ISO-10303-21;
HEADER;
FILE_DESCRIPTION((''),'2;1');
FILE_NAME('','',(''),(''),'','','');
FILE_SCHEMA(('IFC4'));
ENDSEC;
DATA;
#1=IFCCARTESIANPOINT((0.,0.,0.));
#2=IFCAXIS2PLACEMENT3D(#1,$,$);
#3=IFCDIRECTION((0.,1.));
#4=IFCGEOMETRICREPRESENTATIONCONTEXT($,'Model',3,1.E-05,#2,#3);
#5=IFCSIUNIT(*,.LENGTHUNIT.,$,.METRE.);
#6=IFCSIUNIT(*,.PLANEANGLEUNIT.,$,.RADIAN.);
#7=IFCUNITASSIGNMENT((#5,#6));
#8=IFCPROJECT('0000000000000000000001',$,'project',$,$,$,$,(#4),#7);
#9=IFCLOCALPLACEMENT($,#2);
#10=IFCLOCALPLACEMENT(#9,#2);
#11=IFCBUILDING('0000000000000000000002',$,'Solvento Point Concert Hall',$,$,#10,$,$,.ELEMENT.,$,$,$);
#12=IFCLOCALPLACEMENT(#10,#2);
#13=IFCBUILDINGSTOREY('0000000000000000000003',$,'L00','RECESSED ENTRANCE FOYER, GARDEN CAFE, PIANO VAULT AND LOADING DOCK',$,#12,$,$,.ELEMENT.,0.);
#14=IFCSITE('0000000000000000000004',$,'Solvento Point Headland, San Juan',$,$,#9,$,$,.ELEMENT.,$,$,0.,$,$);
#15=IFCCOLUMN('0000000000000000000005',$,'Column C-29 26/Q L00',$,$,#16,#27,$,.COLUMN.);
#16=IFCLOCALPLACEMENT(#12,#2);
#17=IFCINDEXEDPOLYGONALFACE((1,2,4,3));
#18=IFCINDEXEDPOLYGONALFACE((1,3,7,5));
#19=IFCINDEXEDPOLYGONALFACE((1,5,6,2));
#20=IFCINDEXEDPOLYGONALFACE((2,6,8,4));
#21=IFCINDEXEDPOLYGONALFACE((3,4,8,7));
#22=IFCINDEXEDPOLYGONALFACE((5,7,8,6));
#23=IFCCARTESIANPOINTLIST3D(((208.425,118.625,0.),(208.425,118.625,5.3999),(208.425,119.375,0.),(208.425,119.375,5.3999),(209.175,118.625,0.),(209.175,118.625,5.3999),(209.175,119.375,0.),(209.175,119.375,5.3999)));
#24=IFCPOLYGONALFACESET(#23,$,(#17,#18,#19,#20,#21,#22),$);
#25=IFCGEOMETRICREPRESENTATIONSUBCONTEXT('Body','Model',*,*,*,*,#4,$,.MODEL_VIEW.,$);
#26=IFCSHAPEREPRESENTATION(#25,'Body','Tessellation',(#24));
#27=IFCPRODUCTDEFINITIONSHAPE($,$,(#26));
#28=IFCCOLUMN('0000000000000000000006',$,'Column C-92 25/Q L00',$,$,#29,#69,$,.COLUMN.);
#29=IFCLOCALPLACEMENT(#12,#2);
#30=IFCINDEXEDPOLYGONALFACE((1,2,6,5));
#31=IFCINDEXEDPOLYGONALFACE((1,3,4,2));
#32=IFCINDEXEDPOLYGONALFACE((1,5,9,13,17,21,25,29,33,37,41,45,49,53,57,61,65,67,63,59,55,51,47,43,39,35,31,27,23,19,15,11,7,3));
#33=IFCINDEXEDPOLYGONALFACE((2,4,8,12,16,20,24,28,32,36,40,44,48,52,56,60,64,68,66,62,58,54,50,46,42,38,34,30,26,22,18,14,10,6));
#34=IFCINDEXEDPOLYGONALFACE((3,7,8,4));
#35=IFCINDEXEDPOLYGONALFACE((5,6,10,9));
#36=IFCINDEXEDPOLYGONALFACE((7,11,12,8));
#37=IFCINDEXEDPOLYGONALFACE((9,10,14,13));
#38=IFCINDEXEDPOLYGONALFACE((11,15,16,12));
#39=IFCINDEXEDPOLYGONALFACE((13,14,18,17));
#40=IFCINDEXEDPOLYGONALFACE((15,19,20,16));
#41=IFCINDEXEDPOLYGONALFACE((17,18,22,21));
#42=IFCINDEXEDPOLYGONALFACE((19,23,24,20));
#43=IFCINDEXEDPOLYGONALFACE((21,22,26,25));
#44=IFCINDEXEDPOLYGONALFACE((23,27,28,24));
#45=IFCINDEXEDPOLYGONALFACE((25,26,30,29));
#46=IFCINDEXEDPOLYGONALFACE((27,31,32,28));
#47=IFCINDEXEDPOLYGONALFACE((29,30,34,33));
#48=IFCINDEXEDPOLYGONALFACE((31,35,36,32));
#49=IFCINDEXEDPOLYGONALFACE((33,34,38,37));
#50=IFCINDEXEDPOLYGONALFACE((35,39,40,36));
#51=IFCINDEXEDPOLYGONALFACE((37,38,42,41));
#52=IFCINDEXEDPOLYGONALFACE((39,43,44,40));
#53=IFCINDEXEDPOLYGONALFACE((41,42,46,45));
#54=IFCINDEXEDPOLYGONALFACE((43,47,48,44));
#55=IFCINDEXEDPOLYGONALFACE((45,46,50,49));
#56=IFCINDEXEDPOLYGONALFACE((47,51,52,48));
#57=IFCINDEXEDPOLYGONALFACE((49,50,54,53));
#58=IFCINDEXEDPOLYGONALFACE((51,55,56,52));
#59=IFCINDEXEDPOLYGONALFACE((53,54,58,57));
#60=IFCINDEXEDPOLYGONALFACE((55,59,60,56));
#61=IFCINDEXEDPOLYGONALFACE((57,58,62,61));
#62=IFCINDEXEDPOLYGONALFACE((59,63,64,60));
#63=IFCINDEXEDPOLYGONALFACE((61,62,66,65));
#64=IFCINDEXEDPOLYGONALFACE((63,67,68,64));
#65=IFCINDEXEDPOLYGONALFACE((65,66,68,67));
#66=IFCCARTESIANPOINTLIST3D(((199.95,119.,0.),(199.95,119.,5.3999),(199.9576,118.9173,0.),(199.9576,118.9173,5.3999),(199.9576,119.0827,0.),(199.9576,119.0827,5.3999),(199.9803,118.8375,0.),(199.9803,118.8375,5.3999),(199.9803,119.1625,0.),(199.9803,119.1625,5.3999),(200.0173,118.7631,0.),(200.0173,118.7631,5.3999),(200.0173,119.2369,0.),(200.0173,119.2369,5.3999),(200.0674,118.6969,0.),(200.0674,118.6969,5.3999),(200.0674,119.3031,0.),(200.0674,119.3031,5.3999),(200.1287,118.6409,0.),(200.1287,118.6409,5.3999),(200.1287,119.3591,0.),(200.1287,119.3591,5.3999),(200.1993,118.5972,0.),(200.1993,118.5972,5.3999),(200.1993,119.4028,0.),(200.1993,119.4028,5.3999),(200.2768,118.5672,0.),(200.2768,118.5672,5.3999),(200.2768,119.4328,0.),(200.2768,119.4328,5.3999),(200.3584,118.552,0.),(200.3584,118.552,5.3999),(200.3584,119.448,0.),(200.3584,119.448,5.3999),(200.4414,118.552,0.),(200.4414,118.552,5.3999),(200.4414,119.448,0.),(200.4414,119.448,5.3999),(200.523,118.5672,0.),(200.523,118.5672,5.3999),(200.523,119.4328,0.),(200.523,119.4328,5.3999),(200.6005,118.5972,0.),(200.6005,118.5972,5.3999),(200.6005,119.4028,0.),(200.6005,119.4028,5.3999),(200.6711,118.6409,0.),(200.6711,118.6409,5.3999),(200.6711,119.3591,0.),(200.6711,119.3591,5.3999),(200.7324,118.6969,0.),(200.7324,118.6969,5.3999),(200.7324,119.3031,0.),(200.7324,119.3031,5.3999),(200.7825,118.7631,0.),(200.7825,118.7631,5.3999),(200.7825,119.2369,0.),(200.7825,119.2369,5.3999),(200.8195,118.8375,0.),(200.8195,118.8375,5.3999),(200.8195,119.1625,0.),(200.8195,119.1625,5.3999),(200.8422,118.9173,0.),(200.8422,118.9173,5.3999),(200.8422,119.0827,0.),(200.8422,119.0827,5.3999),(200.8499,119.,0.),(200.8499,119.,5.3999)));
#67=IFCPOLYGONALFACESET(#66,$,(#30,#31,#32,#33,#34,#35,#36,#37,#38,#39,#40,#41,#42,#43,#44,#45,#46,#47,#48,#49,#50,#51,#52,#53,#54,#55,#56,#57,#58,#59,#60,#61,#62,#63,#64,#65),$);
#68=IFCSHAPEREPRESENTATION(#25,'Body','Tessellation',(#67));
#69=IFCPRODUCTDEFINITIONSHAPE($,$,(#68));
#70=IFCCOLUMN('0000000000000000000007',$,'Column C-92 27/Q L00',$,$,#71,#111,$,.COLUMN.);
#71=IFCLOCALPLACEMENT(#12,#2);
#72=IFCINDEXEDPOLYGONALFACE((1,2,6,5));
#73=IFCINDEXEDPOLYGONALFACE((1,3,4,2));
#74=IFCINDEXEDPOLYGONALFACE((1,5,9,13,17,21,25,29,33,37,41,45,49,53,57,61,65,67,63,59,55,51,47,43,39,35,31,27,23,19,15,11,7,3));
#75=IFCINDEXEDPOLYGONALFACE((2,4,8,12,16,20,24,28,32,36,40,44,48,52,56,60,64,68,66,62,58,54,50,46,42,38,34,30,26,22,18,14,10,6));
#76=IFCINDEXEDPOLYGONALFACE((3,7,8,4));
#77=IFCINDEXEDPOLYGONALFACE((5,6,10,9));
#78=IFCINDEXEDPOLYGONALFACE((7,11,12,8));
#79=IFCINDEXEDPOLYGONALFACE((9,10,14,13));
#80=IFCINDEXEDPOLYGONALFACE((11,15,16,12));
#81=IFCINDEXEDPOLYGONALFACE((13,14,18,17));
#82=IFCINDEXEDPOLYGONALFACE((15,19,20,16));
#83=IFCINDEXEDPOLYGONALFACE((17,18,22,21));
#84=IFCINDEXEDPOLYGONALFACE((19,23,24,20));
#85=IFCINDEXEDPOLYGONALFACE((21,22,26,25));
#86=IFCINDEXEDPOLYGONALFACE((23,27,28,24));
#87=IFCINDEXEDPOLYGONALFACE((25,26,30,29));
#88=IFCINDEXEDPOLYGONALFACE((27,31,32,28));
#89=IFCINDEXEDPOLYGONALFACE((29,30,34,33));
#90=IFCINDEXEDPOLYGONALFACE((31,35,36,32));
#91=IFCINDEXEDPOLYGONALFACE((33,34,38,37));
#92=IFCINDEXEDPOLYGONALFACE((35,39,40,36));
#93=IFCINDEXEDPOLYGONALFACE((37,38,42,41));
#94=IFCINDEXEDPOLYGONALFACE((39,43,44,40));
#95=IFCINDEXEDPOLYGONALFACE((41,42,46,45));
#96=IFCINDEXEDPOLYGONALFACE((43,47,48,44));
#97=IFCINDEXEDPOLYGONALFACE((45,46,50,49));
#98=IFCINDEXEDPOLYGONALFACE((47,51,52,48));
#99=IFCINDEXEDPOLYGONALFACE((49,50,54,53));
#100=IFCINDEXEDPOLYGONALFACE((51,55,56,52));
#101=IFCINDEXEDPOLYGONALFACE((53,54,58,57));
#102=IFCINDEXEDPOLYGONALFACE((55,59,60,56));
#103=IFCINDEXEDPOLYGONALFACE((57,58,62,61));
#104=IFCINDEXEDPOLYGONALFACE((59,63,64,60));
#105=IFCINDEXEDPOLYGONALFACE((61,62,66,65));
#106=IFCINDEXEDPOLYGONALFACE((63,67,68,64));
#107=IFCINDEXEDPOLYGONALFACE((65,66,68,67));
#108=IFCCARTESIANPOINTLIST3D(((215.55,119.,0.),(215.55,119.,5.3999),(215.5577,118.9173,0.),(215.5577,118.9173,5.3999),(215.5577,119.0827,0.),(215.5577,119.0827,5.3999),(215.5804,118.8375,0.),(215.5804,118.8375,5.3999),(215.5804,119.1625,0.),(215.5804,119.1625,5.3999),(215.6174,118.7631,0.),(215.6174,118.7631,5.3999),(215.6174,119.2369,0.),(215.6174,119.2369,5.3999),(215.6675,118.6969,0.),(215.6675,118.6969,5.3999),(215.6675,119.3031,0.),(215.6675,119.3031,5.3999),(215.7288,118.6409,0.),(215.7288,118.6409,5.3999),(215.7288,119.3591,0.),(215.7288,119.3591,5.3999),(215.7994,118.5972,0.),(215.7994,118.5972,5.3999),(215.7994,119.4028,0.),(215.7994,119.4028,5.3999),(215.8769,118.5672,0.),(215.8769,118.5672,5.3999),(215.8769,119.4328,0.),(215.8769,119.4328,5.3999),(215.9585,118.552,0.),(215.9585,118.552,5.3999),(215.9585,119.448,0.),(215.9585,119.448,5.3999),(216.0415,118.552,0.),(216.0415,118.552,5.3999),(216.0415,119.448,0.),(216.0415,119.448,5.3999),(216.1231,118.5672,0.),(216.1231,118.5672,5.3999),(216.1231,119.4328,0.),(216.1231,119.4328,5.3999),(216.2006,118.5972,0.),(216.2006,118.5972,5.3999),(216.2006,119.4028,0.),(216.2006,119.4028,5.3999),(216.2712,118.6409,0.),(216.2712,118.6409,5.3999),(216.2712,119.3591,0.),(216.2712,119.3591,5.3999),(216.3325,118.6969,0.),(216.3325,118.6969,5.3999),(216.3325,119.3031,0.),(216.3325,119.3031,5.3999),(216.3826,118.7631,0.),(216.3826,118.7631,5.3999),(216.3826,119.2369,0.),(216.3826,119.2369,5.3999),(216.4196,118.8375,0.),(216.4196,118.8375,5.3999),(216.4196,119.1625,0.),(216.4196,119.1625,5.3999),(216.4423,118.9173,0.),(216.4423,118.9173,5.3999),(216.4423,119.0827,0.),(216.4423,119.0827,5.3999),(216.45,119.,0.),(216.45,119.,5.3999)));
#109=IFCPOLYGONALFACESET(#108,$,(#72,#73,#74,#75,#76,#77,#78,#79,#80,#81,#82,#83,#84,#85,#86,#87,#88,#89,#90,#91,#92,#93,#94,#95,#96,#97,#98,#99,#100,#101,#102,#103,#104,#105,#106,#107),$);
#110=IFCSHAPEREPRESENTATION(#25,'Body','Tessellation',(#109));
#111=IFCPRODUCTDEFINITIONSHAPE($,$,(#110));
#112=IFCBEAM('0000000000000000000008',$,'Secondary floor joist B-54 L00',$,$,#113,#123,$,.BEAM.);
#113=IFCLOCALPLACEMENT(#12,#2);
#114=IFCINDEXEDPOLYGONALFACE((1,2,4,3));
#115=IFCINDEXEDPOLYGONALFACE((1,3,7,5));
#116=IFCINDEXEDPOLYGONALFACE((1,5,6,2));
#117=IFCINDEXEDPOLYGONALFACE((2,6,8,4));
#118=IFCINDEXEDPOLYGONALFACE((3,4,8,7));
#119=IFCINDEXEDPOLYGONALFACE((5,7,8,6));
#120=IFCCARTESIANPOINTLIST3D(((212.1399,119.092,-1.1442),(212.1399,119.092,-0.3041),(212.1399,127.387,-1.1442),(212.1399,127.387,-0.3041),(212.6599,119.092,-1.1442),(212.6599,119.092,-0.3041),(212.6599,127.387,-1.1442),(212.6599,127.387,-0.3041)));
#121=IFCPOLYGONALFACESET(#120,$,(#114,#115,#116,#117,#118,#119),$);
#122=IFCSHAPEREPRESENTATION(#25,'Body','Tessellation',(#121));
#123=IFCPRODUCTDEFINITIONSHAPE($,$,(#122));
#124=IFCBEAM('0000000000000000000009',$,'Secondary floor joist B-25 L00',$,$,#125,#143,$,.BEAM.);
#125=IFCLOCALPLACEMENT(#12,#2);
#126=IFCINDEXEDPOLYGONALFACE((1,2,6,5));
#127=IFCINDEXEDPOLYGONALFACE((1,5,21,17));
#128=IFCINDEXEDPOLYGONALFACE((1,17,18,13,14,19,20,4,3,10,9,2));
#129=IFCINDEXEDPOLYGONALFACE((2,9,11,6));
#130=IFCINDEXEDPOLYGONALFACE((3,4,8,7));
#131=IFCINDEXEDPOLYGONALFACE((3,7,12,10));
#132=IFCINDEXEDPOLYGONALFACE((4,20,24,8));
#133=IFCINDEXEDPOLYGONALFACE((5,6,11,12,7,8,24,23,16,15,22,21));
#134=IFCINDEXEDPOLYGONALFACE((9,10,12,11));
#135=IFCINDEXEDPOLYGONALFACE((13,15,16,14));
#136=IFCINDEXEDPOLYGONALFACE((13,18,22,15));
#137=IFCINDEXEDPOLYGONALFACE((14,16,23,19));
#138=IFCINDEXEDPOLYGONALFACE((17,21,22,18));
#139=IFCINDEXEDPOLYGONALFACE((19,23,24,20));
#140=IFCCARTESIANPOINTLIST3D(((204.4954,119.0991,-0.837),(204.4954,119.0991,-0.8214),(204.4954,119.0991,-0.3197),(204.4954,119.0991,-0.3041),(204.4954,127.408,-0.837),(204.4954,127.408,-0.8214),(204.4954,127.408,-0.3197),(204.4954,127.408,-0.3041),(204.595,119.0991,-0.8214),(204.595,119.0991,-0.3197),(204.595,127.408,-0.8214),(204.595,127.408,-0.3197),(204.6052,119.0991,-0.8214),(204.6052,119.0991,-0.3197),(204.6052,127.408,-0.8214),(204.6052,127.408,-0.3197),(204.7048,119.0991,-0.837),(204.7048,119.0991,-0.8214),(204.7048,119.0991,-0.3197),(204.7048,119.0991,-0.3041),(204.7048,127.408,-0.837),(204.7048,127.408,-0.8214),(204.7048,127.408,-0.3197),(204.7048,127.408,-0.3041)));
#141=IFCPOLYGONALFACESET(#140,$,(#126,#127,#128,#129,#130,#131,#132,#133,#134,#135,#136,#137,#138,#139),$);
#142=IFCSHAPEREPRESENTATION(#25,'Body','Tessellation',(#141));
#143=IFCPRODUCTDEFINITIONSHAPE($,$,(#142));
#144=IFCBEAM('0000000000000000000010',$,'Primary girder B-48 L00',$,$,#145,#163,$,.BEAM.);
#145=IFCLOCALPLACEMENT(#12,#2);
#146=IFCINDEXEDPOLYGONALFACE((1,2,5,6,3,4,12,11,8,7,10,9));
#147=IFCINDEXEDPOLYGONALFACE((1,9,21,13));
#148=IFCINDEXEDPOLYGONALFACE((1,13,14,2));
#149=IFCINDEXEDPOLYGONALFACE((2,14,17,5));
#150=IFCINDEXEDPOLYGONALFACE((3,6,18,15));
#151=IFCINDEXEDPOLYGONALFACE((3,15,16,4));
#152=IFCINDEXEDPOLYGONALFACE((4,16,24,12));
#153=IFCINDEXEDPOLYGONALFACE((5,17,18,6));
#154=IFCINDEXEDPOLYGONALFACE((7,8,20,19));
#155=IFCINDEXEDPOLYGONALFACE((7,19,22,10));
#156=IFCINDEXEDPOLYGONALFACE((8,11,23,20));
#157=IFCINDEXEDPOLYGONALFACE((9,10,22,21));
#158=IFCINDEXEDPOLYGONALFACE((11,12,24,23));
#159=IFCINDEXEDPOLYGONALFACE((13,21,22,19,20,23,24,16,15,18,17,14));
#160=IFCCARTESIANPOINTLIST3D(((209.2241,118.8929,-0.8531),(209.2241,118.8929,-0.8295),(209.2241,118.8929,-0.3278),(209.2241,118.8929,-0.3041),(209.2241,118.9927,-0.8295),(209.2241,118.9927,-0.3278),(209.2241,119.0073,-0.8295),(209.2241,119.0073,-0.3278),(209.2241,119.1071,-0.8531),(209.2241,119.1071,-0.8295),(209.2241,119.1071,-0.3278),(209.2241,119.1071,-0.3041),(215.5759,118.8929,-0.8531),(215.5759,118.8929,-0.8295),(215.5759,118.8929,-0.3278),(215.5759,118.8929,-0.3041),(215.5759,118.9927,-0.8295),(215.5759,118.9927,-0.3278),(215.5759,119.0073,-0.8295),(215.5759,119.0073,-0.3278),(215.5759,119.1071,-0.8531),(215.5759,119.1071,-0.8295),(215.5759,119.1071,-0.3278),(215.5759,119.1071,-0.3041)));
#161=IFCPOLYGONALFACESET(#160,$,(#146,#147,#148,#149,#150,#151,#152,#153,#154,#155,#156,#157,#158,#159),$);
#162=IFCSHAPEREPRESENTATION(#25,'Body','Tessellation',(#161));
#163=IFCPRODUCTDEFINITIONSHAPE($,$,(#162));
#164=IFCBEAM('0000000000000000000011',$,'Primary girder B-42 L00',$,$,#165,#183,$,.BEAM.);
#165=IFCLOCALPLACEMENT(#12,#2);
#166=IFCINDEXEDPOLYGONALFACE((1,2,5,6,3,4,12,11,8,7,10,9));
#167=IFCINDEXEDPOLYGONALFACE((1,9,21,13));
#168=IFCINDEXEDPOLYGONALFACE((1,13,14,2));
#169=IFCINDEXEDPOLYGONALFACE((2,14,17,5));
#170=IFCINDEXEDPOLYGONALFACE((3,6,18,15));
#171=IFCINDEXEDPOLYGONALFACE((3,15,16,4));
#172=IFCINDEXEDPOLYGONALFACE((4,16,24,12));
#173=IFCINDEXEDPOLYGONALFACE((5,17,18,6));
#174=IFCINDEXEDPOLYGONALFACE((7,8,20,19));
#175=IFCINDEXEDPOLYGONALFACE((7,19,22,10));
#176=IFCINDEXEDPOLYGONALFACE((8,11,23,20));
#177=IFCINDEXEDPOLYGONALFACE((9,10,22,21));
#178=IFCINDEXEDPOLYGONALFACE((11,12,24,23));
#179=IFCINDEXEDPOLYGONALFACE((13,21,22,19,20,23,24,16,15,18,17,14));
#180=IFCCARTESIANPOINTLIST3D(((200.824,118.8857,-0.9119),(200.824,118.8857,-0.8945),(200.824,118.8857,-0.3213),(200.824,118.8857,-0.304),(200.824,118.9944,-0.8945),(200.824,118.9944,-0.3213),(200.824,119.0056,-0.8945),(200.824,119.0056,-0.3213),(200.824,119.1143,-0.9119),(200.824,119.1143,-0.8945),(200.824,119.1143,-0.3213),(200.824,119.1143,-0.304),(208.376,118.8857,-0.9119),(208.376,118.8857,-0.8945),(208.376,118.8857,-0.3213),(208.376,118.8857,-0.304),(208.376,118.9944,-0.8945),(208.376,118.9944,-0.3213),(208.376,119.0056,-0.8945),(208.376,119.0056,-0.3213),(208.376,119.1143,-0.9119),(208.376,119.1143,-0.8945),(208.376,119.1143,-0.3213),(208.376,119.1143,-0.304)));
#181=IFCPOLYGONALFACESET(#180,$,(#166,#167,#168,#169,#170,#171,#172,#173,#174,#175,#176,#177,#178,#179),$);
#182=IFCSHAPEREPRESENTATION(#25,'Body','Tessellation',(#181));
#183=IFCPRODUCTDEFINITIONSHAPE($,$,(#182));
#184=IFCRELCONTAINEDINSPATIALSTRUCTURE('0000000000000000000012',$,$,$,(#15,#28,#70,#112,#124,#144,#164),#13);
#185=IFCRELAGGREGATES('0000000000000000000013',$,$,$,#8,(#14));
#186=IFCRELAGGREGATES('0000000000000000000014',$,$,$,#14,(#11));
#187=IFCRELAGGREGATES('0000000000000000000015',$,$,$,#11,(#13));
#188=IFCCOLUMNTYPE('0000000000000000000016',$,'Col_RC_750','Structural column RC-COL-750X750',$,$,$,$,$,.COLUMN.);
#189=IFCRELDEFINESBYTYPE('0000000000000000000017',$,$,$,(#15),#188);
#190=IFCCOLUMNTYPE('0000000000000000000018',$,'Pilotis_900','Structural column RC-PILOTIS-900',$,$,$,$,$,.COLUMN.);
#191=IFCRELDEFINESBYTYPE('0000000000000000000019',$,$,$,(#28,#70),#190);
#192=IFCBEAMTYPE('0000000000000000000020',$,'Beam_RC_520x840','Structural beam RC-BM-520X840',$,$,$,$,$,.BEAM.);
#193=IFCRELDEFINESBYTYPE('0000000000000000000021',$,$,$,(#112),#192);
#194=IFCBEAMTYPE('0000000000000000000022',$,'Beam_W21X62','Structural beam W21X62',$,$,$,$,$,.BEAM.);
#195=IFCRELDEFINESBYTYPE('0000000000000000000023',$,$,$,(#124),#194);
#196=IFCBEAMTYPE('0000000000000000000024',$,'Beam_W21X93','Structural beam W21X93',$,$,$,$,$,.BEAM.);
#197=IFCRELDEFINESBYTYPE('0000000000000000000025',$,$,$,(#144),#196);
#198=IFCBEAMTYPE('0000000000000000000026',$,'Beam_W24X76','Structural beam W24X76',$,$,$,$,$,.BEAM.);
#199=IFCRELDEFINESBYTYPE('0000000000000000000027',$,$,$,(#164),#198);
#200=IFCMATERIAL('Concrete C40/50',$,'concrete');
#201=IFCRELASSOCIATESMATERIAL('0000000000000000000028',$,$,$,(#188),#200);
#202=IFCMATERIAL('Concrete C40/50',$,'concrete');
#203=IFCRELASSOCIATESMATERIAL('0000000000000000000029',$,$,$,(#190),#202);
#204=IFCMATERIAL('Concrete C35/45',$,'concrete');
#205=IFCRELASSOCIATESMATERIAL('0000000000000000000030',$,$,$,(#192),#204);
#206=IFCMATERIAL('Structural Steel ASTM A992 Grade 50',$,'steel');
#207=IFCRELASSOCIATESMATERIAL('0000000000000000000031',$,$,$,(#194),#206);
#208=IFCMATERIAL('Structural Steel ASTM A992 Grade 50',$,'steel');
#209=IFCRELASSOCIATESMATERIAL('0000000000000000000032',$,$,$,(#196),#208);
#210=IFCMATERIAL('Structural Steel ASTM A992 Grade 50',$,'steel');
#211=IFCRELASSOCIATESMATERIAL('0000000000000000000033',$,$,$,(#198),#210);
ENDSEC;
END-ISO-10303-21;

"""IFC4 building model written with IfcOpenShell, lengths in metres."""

from ifc_helpers import new_model, si_unit, direction, frame, origin, origin_2d, place, context, subcontext, project, spatial, rectangle, circle, i_section, extrude, material, material_profile, profile_set, type_object, element, save


model = new_model("IFC4")

# Units and contexts
model_context = context("Model", 3, precision=1e-05, world=origin(), true_north=direction((0.0, 1.0)))
body_context = subcontext(model_context, "Body", "Model", "MODEL_VIEW")
ifc_project = project(units=[si_unit("LENGTHUNIT", "METRE"), si_unit("PLANEANGLEUNIT", "RADIAN")], contexts=[model_context])

# Site, building, storey
site_placement = place(None, origin())
site = spatial("IfcSite", under=ifc_project, at=site_placement, Name="Solvento Point Headland, San Juan", CompositionType="ELEMENT", RefElevation=0.0)
building_placement = place(site_placement, origin())
building = spatial("IfcBuilding", under=site, at=building_placement, Name="Solvento Point Concert Hall", CompositionType="ELEMENT")
storey_placement = place(building_placement, origin())
storey = spatial("IfcBuildingStorey", under=building, at=storey_placement, Name="L00", Description="RECESSED ENTRANCE FOYER, GARDEN CAFE, PIANO VAULT AND LOADING DOCK", CompositionType="ELEMENT", Elevation=0.0)

# Columns
ifc_material_1 = material(Name="Concrete C40/50", Category="concrete")
ifc_material_profile_1 = material_profile(ifc_material_1, rectangle(XDim=0.75, YDim=0.75, at=origin_2d()), Name="RC-COL-750X750")
ifc_profile_set_1 = profile_set([ifc_material_profile_1], Name="Concrete C40/50")
column_type_1 = type_object("IfcColumnType", Name="Col_RC_750", Description="Structural column RC-COL-750X750", PredefinedType="COLUMN", material=ifc_profile_set_1)
column_placement = place(storey_placement, frame((208.8, 119.0, 0.0), z_axis=(0.0, 0.0, 1.0), x_axis=(1.0, 0.0, 0.0)))
element("IfcColumn", 1, at=column_placement, inside=storey, type_object=column_type_1, Name="Column C-29 26/Q L00", PredefinedType="COLUMN", context=body_context, shape_type="SweptSolid", body=[
    extrude(rectangle(XDim=0.75, YDim=0.75, at=origin_2d()), origin(), (0.0, 0.0, 1.0), 5.3999),
])
ifc_material_2 = material(Name="Concrete C40/50", Category="concrete")
ifc_material_profile_2 = material_profile(ifc_material_2, circle(Radius=0.45, at=origin_2d()), Name="RC-PILOTIS-900")
ifc_profile_set_2 = profile_set([ifc_material_profile_2], Name="Concrete C40/50")
column_type_2 = type_object("IfcColumnType", Name="Pilotis_900", Description="Structural column RC-PILOTIS-900", PredefinedType="COLUMN", material=ifc_profile_set_2)
for number, where, z_axis, x_axis, name in (
    (2, (200.3999, 119.0, 0.0), (0.0, 0.0, 1.0), (1.0, 0.0, 0.0), "Column C-92 25/Q L00"),
    (3, (216.0, 119.0, 0.0), (0.0, 0.0, 1.0), (1.0, 0.0, 0.0), "Column C-92 27/Q L00"),
):
    element("IfcColumn", number, at=place(storey_placement, frame(where, z_axis=z_axis, x_axis=x_axis)), inside=storey, type_object=column_type_2, Name=name, PredefinedType="COLUMN", context=body_context, shape_type="SweptSolid", body=[
        extrude(circle(Radius=0.45, at=origin_2d()), origin(), (0.0, 0.0, 1.0), 5.3999),
    ])

# Beams
ifc_material_3 = material(Name="Concrete C35/45", Category="concrete")
ifc_material_profile_3 = material_profile(ifc_material_3, rectangle(XDim=0.52, YDim=0.8401, at=origin_2d()), Name="RC-BM-520X840")
ifc_profile_set_3 = profile_set([ifc_material_profile_3], Name="Concrete C35/45")
beam_type_1 = type_object("IfcBeamType", Name="Beam_RC_520x840", Description="Structural beam RC-BM-520X840", PredefinedType="BEAM", material=ifc_profile_set_3)
beam_1_placement = place(storey_placement, frame((212.3999, 119.092, -0.7241), z_axis=(0.0, 1.0, 0.0), x_axis=(-1.0, 0.0, 0.0)))
element("IfcBeam", 4, at=beam_1_placement, inside=storey, type_object=beam_type_1, Name="Secondary floor joist B-54 L00", PredefinedType="BEAM", context=body_context, shape_type="SweptSolid", body=[
    extrude(rectangle(XDim=0.52, YDim=0.8401, at=origin_2d()), origin(), (0.0, 0.0, 1.0), 8.2949),
])
ifc_material_4 = material(Name="Structural Steel ASTM A992 Grade 50", Category="steel")
ifc_material_profile_4 = material_profile(ifc_material_4, i_section(OverallWidth=0.2095, OverallDepth=0.533, WebThickness=0.0103, FlangeThickness=0.0156, at=origin_2d()), Name="W21X62")
ifc_profile_set_4 = profile_set([ifc_material_profile_4], Name="Structural Steel ASTM A992 Grade 50")
beam_type_2 = type_object("IfcBeamType", Name="Beam_W21X62", Description="Structural beam W21X62", PredefinedType="BEAM", material=ifc_profile_set_4)
beam_2_placement = place(storey_placement, frame((204.6001, 119.0991, -0.5706), z_axis=(0.0, 1.0, 0.0), x_axis=(-1.0, 0.0, 0.0)))
element("IfcBeam", 5, at=beam_2_placement, inside=storey, type_object=beam_type_2, Name="Secondary floor joist B-25 L00", PredefinedType="BEAM", context=body_context, shape_type="SweptSolid", body=[
    extrude(i_section(OverallWidth=0.2095, OverallDepth=0.533, WebThickness=0.0103, FlangeThickness=0.0156, at=origin_2d()), origin(), (0.0, 0.0, 1.0), 8.3088),
])
ifc_material_5 = material(Name="Structural Steel ASTM A992 Grade 50", Category="steel")
ifc_material_profile_5 = material_profile(ifc_material_5, i_section(OverallWidth=0.2141, OverallDepth=0.5491, WebThickness=0.0146, FlangeThickness=0.0237, at=origin_2d()), Name="W21X93")
ifc_profile_set_5 = profile_set([ifc_material_profile_5], Name="Structural Steel ASTM A992 Grade 50")
beam_type_3 = type_object("IfcBeamType", Name="Beam_W21X93", Description="Structural beam W21X93", PredefinedType="BEAM", material=ifc_profile_set_5)
beam_3_placement = place(storey_placement, frame((209.2241, 119.0, -0.5786), z_axis=(1.0, 0.0, 0.0), x_axis=(0.0, 1.0, 0.0)))
element("IfcBeam", 6, at=beam_3_placement, inside=storey, type_object=beam_type_3, Name="Primary girder B-48 L00", PredefinedType="BEAM", context=body_context, shape_type="SweptSolid", body=[
    extrude(i_section(OverallWidth=0.2141, OverallDepth=0.5491, WebThickness=0.0146, FlangeThickness=0.0237, at=origin_2d()), origin(), (0.0, 0.0, 1.0), 6.3518),
])
ifc_material_6 = material(Name="Structural Steel ASTM A992 Grade 50", Category="steel")
ifc_material_profile_6 = material_profile(ifc_material_6, i_section(OverallWidth=0.2285, OverallDepth=0.6079, WebThickness=0.0112, FlangeThickness=0.0173, at=origin_2d()), Name="W24X76")
ifc_profile_set_6 = profile_set([ifc_material_profile_6], Name="Structural Steel ASTM A992 Grade 50")
beam_type_4 = type_object("IfcBeamType", Name="Beam_W24X76", Description="Structural beam W24X76", PredefinedType="BEAM", material=ifc_profile_set_6)
beam_4_placement = place(storey_placement, frame((200.824, 119.0, -0.6079), z_axis=(1.0, 0.0, 0.0), x_axis=(0.0, 1.0, 0.0)))
element("IfcBeam", 7, at=beam_4_placement, inside=storey, type_object=beam_type_4, Name="Primary girder B-42 L00", PredefinedType="BEAM", context=body_context, shape_type="SweptSolid", body=[
    extrude(i_section(OverallWidth=0.2285, OverallDepth=0.6079, WebThickness=0.0112, FlangeThickness=0.0173, at=origin_2d()), origin(), (0.0, 0.0, 1.0), 7.552),
])

save(model, "model.ifc")
